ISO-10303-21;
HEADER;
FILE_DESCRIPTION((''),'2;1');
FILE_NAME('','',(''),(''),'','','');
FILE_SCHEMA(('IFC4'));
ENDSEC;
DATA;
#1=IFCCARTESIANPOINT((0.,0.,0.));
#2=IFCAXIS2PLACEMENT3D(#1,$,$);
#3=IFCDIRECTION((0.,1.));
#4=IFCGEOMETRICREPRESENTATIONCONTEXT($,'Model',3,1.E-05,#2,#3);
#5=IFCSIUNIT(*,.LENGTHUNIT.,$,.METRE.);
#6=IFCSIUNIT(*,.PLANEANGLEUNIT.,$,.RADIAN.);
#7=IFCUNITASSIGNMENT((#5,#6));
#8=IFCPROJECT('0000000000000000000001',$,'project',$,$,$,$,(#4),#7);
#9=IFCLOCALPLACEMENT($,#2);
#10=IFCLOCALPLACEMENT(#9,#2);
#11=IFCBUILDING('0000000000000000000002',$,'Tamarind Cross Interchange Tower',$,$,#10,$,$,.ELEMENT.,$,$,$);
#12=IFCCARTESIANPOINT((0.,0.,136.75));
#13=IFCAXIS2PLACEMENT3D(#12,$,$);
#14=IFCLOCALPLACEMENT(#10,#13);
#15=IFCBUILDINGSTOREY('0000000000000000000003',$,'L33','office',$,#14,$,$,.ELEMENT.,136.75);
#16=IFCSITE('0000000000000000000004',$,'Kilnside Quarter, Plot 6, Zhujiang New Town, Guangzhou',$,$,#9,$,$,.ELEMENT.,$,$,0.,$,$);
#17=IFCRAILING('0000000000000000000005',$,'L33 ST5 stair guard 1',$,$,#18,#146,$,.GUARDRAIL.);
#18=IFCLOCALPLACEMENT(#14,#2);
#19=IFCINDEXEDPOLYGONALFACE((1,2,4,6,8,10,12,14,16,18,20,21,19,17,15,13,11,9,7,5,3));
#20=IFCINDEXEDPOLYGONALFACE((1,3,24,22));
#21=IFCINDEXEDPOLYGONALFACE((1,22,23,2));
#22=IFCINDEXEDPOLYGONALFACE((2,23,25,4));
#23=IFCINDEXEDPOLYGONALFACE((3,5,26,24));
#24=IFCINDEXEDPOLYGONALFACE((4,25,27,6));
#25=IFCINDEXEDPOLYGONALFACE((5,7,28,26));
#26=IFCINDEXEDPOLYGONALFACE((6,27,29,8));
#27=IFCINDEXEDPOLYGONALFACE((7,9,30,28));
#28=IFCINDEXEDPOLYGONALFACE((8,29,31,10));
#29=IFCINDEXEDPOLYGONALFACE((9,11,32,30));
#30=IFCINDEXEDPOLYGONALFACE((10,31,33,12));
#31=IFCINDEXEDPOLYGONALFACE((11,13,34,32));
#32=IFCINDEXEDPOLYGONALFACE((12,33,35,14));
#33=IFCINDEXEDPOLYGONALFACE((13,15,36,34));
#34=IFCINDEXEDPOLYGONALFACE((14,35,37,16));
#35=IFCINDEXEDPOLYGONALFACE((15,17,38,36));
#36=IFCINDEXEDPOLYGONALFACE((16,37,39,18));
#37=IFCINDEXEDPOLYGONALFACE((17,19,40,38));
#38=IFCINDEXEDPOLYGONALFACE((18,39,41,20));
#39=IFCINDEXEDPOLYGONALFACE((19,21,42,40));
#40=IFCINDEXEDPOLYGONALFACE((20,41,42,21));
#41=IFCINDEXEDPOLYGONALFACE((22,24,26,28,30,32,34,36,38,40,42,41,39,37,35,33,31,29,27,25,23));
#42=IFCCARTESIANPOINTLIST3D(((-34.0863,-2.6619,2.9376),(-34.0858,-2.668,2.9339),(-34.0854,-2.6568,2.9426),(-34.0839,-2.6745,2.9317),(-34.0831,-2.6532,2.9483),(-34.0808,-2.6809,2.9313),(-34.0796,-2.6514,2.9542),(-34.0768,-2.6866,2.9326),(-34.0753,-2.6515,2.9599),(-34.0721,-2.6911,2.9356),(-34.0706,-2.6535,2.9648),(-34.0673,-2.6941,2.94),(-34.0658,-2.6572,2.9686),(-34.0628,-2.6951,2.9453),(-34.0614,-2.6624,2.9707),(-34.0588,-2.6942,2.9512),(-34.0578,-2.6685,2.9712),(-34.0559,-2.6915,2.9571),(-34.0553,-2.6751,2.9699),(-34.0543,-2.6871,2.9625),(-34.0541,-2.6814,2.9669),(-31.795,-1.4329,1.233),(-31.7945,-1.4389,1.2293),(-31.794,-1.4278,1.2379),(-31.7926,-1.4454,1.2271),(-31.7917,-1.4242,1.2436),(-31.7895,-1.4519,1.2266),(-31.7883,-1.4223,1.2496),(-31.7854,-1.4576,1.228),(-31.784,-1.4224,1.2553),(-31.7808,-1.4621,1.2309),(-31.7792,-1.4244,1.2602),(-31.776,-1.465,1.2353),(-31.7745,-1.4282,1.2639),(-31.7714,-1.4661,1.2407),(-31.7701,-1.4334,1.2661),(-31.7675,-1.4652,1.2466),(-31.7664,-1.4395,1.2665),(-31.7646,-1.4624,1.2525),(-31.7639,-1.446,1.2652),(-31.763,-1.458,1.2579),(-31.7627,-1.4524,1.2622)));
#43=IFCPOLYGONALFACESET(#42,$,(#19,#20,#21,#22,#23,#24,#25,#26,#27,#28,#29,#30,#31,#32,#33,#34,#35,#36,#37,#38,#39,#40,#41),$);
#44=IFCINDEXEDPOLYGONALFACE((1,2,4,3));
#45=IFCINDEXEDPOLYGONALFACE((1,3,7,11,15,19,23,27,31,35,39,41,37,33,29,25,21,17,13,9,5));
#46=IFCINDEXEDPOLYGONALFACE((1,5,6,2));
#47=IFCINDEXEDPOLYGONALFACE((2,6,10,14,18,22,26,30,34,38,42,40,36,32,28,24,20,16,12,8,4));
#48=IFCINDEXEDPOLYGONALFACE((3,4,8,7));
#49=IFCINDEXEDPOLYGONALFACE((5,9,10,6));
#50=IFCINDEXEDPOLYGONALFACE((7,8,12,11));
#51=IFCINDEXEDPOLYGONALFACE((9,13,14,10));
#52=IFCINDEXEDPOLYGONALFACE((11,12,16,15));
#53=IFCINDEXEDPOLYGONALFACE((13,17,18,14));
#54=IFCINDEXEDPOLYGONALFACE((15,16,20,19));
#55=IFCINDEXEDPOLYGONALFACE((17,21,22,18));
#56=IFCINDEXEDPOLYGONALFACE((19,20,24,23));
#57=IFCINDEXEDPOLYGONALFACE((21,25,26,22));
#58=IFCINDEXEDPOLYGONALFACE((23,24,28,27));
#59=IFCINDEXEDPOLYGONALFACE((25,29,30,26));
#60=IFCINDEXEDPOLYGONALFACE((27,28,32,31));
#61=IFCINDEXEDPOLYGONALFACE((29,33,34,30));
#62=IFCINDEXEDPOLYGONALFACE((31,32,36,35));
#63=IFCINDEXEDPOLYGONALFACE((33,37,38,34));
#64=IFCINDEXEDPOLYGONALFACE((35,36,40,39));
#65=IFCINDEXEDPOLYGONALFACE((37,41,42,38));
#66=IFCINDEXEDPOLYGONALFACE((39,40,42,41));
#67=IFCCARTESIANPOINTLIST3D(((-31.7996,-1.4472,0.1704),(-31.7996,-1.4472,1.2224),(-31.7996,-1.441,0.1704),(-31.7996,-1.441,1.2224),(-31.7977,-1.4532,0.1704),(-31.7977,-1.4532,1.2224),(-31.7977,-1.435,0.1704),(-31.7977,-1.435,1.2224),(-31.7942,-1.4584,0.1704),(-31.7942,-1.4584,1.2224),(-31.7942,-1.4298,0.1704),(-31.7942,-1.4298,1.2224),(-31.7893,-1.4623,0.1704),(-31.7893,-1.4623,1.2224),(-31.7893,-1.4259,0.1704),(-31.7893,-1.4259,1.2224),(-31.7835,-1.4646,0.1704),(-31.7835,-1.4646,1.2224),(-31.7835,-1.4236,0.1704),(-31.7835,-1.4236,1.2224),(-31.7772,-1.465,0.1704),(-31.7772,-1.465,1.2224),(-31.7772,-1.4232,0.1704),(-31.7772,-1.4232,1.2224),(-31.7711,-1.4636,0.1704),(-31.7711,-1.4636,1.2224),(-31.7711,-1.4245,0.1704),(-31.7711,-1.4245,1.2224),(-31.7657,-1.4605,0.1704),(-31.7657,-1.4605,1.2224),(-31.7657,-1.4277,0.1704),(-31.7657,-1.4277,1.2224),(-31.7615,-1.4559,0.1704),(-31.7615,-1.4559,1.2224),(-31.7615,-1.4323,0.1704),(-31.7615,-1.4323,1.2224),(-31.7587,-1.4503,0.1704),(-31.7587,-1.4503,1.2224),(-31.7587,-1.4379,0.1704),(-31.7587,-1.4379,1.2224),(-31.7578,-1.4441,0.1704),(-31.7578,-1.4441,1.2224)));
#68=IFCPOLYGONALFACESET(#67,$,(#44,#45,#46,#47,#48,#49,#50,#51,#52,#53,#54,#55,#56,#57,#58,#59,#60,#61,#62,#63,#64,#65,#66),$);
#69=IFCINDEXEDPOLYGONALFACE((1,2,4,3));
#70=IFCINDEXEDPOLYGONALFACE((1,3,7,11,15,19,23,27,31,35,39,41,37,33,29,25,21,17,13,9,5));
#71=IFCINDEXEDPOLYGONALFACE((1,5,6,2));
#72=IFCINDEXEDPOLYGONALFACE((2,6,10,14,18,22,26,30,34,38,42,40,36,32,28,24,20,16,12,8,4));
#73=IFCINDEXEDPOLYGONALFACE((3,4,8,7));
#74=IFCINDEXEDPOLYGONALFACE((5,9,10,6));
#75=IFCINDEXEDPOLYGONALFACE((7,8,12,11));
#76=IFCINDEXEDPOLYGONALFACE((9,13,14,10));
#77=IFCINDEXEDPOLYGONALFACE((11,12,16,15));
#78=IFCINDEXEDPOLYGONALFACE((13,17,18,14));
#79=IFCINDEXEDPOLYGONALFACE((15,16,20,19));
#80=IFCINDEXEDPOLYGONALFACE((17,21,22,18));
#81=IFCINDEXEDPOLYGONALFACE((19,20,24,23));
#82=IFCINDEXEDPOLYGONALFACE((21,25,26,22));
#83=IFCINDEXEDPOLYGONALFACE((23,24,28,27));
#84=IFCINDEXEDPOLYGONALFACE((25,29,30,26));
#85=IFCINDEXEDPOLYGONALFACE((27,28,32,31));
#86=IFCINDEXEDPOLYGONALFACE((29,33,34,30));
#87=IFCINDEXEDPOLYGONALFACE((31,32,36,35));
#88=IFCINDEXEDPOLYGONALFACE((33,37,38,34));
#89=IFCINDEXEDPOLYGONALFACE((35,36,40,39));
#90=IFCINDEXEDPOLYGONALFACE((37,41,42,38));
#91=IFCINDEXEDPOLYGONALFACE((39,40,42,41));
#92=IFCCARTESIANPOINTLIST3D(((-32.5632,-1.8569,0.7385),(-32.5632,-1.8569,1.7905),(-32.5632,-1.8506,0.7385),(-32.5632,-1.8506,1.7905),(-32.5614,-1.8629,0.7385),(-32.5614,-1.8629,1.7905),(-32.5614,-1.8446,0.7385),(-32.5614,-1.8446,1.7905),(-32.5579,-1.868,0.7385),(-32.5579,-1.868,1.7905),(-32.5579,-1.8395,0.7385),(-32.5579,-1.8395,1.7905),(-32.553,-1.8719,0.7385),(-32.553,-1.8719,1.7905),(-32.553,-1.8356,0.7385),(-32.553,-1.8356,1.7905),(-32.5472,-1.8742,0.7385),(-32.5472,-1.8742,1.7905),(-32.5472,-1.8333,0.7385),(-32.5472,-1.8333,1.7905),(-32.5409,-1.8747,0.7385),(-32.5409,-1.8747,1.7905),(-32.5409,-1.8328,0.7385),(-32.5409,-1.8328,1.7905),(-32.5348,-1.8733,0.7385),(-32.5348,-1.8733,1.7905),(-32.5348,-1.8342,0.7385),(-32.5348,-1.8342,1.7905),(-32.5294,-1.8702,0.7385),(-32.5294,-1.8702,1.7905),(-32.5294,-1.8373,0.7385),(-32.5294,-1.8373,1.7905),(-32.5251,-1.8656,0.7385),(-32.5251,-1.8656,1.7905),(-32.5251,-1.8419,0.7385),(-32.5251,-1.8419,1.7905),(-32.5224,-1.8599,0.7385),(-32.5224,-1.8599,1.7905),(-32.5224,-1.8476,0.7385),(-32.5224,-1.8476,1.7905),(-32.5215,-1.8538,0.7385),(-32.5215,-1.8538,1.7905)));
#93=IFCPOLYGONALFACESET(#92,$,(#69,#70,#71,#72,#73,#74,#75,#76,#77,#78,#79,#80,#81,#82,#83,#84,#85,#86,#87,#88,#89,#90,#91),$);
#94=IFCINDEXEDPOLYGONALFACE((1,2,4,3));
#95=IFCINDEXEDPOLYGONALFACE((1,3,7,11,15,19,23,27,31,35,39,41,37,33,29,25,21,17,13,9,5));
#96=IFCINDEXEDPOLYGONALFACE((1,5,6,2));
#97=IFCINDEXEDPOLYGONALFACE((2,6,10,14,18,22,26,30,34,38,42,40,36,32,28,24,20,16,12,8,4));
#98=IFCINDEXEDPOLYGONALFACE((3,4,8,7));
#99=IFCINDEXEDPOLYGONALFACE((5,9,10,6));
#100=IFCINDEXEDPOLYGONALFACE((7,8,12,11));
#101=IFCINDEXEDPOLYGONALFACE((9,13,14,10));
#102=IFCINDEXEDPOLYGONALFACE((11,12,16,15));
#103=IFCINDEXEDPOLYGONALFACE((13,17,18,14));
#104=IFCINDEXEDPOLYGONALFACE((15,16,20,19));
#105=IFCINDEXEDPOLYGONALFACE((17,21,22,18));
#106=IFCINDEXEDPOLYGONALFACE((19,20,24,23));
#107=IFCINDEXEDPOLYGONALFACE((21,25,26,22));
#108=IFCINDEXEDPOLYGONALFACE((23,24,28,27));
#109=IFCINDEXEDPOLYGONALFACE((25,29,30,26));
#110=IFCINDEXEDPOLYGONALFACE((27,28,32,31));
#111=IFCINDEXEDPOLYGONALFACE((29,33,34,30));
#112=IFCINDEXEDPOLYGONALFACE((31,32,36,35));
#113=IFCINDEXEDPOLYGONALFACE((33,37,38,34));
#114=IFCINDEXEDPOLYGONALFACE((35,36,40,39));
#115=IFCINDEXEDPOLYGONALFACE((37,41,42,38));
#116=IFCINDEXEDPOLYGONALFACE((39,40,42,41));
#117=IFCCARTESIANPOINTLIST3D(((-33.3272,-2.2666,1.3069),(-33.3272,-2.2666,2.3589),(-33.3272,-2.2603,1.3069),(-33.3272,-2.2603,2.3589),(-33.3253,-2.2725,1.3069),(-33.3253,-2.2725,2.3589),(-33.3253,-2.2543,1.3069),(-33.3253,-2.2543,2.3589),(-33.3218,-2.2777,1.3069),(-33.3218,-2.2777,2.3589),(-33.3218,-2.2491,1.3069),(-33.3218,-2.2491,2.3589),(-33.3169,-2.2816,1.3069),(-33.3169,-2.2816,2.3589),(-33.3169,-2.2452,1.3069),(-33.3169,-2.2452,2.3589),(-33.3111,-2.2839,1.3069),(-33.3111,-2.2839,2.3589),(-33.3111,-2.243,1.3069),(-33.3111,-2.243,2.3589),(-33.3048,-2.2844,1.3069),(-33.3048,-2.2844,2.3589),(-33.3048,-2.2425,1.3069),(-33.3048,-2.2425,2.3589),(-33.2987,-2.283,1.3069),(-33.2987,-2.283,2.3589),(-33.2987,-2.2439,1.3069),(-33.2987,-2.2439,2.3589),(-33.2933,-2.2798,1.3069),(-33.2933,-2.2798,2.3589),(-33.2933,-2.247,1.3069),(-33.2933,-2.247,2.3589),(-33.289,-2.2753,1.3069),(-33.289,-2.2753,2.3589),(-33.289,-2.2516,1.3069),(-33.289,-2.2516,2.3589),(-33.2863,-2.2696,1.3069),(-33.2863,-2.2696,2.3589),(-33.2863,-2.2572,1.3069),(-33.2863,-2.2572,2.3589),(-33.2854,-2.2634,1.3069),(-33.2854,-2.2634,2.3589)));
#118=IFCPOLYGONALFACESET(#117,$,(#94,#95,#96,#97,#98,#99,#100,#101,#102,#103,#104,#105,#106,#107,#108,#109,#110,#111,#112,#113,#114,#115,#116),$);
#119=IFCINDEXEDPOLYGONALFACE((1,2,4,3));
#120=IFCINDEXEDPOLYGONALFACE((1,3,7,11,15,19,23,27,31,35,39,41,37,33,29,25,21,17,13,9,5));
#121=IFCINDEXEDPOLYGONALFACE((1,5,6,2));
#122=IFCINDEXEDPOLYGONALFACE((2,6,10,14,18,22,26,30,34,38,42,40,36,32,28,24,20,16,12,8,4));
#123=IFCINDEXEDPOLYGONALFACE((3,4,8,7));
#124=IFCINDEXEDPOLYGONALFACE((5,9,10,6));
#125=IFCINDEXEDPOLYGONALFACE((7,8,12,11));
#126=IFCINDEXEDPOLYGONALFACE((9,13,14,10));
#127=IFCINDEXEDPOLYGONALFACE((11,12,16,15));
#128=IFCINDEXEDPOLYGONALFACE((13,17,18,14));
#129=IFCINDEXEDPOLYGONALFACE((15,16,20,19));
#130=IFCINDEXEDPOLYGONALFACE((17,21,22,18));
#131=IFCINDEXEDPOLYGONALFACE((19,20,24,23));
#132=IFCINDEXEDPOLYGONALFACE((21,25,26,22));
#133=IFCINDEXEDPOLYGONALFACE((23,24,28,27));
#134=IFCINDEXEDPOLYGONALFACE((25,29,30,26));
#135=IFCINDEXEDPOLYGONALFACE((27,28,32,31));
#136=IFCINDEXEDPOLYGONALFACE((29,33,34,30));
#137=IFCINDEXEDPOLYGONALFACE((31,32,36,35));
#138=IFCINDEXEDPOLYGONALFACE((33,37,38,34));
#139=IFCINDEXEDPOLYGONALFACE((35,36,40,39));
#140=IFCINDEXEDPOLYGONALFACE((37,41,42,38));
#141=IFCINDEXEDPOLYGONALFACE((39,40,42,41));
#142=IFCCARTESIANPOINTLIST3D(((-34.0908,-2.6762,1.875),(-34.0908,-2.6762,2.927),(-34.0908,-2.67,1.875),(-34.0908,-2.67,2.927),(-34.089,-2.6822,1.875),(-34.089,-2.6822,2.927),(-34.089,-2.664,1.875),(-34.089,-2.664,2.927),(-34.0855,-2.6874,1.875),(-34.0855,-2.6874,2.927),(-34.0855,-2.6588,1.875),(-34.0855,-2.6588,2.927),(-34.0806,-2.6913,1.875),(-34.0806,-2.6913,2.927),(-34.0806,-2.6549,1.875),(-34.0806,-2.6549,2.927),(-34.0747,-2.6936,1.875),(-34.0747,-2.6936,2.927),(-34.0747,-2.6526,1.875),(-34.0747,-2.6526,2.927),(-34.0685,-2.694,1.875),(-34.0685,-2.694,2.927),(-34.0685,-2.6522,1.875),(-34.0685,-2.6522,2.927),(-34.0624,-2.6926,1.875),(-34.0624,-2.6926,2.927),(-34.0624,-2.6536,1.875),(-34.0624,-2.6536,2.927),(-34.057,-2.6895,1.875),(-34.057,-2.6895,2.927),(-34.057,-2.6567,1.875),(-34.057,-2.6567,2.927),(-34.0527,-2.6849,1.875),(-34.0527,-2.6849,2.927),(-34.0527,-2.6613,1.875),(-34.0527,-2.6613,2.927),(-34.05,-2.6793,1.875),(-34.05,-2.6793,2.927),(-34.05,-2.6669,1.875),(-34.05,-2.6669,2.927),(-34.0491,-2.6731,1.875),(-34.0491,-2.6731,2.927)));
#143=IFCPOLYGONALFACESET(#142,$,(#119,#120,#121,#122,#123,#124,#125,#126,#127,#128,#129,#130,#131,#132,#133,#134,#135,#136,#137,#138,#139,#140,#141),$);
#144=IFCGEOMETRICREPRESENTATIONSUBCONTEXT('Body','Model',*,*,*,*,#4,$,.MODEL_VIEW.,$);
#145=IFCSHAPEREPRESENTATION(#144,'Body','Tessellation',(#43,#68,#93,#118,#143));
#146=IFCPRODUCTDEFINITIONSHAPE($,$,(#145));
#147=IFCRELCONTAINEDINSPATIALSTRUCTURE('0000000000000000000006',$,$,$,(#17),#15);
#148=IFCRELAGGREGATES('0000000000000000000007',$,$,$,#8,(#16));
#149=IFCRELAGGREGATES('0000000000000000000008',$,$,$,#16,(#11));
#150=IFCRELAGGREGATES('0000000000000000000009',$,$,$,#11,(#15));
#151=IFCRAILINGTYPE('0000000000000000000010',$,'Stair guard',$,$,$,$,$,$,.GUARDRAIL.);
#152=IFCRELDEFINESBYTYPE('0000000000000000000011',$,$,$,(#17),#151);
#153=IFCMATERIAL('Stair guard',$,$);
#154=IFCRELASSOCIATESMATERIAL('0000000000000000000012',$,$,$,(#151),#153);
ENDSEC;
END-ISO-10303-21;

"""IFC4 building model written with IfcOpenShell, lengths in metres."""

from ifc_helpers import new_model, si_unit, direction, frame, origin, origin_2d, place, context, subcontext, project, spatial, circle, extrude, material, type_object, element, save


model = new_model("IFC4")

# Units and contexts
model_context = context("Model", 3, precision=1e-05, world=origin(), true_north=direction((0.0, 1.0)))
body_context = subcontext(model_context, "Body", "Model", "MODEL_VIEW")
ifc_project = project(units=[si_unit("LENGTHUNIT", "METRE"), si_unit("PLANEANGLEUNIT", "RADIAN")], contexts=[model_context])

# Site, building, storey
site_placement = place(None, origin())
site = spatial("IfcSite", under=ifc_project, at=site_placement, Name="Kilnside Quarter, Plot 6, Zhujiang New Town, Guangzhou", CompositionType="ELEMENT", RefElevation=0.0)
building_placement = place(site_placement, origin())
building = spatial("IfcBuilding", under=site, at=building_placement, Name="Tamarind Cross Interchange Tower", CompositionType="ELEMENT")
storey_placement = place(building_placement, frame((0.0, 0.0, 136.75)))
storey = spatial("IfcBuildingStorey", under=building, at=storey_placement, Name="L33", Description="office", CompositionType="ELEMENT", Elevation=136.75)

# Railing
ifc_material_1 = material(Name="Stair guard")
railing_type_1 = type_object("IfcRailingType", Name="Stair guard", PredefinedType="GUARDRAIL", material=ifc_material_1)
railing_1_placement = place(storey_placement, frame((-31.7788, -1.4441, 0.1704)))
element("IfcRailing", 1, at=railing_1_placement, inside=storey, type_object=railing_type_1, Name="L33 ST5 stair guard 1", PredefinedType="GUARDRAIL", context=body_context, shape_type="SweptSolid", body=[
    extrude(circle(Radius=0.0239, at=origin_2d()), frame((0.0, 0.0, 1.0762), z_axis=(-0.736974, -0.395304, 0.548274), x_axis=(0.472683, -0.881233, 0.0)), (0.0, 0.0, 1.0), 3.1091),
    extrude(circle(Radius=0.021, at=origin_2d()), origin(), (0.0, 0.0, 1.0), 1.052),
    extrude(circle(Radius=0.021, at=origin_2d()), frame((-0.7637, -0.4097, 0.5681)), (0.0, 0.0, 1.0), 1.052),
    extrude(circle(Radius=0.021, at=origin_2d()), frame((-1.5276, -0.8193, 1.1365)), (0.0, 0.0, 1.0), 1.052),
    extrude(circle(Radius=0.021, at=origin_2d()), frame((-2.2913, -1.229, 1.7046)), (0.0, 0.0, 1.0), 1.052),
])

save(model, "model.ifc")
